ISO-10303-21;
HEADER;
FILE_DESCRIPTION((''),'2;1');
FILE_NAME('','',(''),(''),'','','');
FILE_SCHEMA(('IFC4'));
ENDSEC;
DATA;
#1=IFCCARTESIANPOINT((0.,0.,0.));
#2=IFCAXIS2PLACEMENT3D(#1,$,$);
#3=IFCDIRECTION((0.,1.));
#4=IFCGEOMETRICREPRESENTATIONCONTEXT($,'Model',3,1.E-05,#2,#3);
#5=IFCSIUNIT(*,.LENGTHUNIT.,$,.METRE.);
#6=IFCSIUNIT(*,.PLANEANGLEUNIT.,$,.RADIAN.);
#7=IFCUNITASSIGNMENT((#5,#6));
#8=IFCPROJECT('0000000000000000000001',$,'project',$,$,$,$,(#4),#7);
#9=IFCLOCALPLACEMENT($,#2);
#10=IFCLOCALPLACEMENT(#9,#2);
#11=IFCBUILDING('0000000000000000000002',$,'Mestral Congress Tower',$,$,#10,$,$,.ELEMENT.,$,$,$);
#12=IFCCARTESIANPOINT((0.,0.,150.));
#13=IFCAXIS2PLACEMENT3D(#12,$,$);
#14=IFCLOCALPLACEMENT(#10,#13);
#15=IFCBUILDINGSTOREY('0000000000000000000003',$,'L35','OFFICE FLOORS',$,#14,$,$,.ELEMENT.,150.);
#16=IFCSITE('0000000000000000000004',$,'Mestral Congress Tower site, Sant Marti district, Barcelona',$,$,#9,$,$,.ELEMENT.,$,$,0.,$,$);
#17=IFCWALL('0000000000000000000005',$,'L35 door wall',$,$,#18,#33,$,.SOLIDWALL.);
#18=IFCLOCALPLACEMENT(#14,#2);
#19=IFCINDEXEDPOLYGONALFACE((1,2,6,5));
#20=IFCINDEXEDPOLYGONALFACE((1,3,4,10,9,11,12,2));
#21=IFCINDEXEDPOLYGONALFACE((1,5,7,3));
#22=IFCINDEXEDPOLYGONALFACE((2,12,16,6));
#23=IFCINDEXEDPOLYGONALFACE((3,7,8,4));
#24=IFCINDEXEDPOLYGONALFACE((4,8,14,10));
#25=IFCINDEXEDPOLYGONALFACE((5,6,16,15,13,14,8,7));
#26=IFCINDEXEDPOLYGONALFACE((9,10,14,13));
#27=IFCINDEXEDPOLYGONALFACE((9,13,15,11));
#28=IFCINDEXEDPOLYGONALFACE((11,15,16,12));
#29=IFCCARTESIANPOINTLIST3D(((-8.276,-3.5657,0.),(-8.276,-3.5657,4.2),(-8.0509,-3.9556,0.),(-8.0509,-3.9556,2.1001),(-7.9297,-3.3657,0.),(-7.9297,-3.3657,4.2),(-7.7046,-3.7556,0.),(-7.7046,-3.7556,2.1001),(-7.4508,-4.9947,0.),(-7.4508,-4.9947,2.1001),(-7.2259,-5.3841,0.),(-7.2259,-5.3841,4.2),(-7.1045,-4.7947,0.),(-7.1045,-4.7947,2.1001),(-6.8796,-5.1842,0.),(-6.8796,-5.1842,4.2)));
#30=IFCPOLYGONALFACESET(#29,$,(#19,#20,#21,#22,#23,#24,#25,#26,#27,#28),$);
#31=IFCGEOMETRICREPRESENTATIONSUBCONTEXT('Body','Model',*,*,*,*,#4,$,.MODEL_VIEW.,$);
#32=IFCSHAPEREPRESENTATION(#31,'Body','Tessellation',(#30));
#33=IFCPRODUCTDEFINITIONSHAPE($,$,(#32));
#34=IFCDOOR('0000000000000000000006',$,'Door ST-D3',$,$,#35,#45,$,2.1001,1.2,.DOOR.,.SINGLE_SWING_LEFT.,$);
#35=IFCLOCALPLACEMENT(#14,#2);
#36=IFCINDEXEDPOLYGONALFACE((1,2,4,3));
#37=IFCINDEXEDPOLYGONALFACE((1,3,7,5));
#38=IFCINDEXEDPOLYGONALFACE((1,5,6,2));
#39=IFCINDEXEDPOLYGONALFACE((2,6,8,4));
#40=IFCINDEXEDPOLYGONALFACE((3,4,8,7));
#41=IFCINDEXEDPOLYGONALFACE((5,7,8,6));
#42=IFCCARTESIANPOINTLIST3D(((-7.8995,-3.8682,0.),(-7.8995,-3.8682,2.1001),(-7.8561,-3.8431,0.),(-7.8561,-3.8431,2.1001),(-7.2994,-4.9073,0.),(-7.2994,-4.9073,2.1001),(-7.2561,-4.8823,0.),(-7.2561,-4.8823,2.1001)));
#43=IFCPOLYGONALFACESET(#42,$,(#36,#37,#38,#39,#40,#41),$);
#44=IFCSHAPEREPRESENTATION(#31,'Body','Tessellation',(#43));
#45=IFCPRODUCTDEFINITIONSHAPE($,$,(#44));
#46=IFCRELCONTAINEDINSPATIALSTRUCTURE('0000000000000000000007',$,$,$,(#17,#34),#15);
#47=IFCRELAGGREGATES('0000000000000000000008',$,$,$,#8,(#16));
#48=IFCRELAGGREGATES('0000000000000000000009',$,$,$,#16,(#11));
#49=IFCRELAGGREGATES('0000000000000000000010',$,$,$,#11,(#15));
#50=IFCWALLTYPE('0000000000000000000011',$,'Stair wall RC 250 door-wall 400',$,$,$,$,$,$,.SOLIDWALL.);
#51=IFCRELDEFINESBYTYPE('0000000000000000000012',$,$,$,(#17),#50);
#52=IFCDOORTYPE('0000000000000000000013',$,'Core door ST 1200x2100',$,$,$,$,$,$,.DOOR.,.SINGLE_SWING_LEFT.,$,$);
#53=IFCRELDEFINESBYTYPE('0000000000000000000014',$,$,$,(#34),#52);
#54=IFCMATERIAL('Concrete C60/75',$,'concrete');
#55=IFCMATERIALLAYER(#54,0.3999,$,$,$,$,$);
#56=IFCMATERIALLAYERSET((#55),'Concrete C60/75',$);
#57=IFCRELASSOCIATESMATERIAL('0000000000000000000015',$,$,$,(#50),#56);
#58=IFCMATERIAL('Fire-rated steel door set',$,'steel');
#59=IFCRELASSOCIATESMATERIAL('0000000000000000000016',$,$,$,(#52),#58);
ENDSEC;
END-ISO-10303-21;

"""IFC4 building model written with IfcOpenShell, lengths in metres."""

from ifc_helpers import new_model, si_unit, direction, frame, frame_2d, origin, place, context, subcontext, project, spatial, rectangle, extrude, material, layer, layer_set, type_object, element, fill, save


model = new_model("IFC4")

# Units and contexts
model_context = context("Model", 3, precision=1e-05, world=origin(), true_north=direction((0.0, 1.0)))
body_context = subcontext(model_context, "Body", "Model", "MODEL_VIEW")
ifc_project = project(units=[si_unit("LENGTHUNIT", "METRE"), si_unit("PLANEANGLEUNIT", "RADIAN")], contexts=[model_context])

# Site, building, storey
site_placement = place(None, origin())
site = spatial("IfcSite", under=ifc_project, at=site_placement, Name="Mestral Congress Tower site, Sant Marti district, Barcelona", CompositionType="ELEMENT", RefElevation=0.0)
building_placement = place(site_placement, origin())
building = spatial("IfcBuilding", under=site, at=building_placement, Name="Mestral Congress Tower", CompositionType="ELEMENT")
storey_placement = place(building_placement, frame((0.0, 0.0, 150.0)))
storey = spatial("IfcBuildingStorey", under=building, at=storey_placement, Name="L35", Description="OFFICE FLOORS", CompositionType="ELEMENT", Elevation=150.0)

# Shared definitions
ifc_material_1 = material(Name="Concrete C60/75", Category="concrete")

# Shared definitions
ifc_material_2 = material(Name="Fire-rated steel door set", Category="steel")

# Wall, opening, door
ifc_layer_1 = layer(ifc_material_1, 0.3999)
ifc_layer_set_1 = layer_set([ifc_layer_1], Name="Concrete C60/75")
wall_type_1 = type_object("IfcWallType", Name="Stair wall RC 250 door-wall 400", PredefinedType="SOLIDWALL", material=ifc_layer_set_1)
wall_1_placement = place(storey_placement, frame((-8.1028, -3.4658, 0.0), z_axis=(0.0, 0.0, 1.0), x_axis=(0.500078, -0.86598, 0.0)))
wall_1 = element("IfcWall", 1, at=wall_1_placement, inside=storey, type_object=wall_type_1, Name="L35 door wall", PredefinedType="SOLIDWALL", context=body_context, shape_type="SweptSolid", body=[
    extrude(rectangle(XDim=2.0999, YDim=0.3999, at=frame_2d((1.0498, 0.0))), origin(), (0.0, 0.0, 1.0), 4.2),
])
opening_1_placement = place(wall_1_placement, frame((0.45, 0.0, 0.0)))
opening_1 = element("IfcOpeningElement", 2, at=opening_1_placement, cuts=wall_1, PredefinedType="OPENING", context=body_context, shape_type="SweptSolid", body=[
    extrude(rectangle(XDim=1.2, YDim=2.1001, at=frame_2d((0.6001, 1.05))), frame((0.0, 0.21, 0.0), z_axis=(0.0, -1.0, 0.0), x_axis=(1.0, 0.0, 0.0)), (0.0, 0.0, 1.0), 0.4199),
])
door_type_1 = type_object("IfcDoorType", Name="Core door ST 1200x2100", OperationType="SINGLE_SWING_LEFT", PredefinedType="DOOR", material=ifc_material_2)
door_1_placement = place(opening_1_placement, origin())
door_1 = element("IfcDoor", 3, at=door_1_placement, inside=storey, type_object=door_type_1, Name="Door ST-D3", OperationType="SINGLE_SWING_LEFT", OverallHeight=2.1001, OverallWidth=1.2, PredefinedType="DOOR", context=body_context, shape_type="SweptSolid", body=[
    extrude(rectangle(XDim=1.2, YDim=2.1001, at=frame_2d((0.6001, 1.05))), frame((0.0, 0.0249, 0.0), z_axis=(0.0, -1.0, 0.0), x_axis=(1.0, 0.0, 0.0)), (0.0, 0.0, 1.0), 0.05),
])
fill(opening_1, door_1)

save(model, "model.ifc")
